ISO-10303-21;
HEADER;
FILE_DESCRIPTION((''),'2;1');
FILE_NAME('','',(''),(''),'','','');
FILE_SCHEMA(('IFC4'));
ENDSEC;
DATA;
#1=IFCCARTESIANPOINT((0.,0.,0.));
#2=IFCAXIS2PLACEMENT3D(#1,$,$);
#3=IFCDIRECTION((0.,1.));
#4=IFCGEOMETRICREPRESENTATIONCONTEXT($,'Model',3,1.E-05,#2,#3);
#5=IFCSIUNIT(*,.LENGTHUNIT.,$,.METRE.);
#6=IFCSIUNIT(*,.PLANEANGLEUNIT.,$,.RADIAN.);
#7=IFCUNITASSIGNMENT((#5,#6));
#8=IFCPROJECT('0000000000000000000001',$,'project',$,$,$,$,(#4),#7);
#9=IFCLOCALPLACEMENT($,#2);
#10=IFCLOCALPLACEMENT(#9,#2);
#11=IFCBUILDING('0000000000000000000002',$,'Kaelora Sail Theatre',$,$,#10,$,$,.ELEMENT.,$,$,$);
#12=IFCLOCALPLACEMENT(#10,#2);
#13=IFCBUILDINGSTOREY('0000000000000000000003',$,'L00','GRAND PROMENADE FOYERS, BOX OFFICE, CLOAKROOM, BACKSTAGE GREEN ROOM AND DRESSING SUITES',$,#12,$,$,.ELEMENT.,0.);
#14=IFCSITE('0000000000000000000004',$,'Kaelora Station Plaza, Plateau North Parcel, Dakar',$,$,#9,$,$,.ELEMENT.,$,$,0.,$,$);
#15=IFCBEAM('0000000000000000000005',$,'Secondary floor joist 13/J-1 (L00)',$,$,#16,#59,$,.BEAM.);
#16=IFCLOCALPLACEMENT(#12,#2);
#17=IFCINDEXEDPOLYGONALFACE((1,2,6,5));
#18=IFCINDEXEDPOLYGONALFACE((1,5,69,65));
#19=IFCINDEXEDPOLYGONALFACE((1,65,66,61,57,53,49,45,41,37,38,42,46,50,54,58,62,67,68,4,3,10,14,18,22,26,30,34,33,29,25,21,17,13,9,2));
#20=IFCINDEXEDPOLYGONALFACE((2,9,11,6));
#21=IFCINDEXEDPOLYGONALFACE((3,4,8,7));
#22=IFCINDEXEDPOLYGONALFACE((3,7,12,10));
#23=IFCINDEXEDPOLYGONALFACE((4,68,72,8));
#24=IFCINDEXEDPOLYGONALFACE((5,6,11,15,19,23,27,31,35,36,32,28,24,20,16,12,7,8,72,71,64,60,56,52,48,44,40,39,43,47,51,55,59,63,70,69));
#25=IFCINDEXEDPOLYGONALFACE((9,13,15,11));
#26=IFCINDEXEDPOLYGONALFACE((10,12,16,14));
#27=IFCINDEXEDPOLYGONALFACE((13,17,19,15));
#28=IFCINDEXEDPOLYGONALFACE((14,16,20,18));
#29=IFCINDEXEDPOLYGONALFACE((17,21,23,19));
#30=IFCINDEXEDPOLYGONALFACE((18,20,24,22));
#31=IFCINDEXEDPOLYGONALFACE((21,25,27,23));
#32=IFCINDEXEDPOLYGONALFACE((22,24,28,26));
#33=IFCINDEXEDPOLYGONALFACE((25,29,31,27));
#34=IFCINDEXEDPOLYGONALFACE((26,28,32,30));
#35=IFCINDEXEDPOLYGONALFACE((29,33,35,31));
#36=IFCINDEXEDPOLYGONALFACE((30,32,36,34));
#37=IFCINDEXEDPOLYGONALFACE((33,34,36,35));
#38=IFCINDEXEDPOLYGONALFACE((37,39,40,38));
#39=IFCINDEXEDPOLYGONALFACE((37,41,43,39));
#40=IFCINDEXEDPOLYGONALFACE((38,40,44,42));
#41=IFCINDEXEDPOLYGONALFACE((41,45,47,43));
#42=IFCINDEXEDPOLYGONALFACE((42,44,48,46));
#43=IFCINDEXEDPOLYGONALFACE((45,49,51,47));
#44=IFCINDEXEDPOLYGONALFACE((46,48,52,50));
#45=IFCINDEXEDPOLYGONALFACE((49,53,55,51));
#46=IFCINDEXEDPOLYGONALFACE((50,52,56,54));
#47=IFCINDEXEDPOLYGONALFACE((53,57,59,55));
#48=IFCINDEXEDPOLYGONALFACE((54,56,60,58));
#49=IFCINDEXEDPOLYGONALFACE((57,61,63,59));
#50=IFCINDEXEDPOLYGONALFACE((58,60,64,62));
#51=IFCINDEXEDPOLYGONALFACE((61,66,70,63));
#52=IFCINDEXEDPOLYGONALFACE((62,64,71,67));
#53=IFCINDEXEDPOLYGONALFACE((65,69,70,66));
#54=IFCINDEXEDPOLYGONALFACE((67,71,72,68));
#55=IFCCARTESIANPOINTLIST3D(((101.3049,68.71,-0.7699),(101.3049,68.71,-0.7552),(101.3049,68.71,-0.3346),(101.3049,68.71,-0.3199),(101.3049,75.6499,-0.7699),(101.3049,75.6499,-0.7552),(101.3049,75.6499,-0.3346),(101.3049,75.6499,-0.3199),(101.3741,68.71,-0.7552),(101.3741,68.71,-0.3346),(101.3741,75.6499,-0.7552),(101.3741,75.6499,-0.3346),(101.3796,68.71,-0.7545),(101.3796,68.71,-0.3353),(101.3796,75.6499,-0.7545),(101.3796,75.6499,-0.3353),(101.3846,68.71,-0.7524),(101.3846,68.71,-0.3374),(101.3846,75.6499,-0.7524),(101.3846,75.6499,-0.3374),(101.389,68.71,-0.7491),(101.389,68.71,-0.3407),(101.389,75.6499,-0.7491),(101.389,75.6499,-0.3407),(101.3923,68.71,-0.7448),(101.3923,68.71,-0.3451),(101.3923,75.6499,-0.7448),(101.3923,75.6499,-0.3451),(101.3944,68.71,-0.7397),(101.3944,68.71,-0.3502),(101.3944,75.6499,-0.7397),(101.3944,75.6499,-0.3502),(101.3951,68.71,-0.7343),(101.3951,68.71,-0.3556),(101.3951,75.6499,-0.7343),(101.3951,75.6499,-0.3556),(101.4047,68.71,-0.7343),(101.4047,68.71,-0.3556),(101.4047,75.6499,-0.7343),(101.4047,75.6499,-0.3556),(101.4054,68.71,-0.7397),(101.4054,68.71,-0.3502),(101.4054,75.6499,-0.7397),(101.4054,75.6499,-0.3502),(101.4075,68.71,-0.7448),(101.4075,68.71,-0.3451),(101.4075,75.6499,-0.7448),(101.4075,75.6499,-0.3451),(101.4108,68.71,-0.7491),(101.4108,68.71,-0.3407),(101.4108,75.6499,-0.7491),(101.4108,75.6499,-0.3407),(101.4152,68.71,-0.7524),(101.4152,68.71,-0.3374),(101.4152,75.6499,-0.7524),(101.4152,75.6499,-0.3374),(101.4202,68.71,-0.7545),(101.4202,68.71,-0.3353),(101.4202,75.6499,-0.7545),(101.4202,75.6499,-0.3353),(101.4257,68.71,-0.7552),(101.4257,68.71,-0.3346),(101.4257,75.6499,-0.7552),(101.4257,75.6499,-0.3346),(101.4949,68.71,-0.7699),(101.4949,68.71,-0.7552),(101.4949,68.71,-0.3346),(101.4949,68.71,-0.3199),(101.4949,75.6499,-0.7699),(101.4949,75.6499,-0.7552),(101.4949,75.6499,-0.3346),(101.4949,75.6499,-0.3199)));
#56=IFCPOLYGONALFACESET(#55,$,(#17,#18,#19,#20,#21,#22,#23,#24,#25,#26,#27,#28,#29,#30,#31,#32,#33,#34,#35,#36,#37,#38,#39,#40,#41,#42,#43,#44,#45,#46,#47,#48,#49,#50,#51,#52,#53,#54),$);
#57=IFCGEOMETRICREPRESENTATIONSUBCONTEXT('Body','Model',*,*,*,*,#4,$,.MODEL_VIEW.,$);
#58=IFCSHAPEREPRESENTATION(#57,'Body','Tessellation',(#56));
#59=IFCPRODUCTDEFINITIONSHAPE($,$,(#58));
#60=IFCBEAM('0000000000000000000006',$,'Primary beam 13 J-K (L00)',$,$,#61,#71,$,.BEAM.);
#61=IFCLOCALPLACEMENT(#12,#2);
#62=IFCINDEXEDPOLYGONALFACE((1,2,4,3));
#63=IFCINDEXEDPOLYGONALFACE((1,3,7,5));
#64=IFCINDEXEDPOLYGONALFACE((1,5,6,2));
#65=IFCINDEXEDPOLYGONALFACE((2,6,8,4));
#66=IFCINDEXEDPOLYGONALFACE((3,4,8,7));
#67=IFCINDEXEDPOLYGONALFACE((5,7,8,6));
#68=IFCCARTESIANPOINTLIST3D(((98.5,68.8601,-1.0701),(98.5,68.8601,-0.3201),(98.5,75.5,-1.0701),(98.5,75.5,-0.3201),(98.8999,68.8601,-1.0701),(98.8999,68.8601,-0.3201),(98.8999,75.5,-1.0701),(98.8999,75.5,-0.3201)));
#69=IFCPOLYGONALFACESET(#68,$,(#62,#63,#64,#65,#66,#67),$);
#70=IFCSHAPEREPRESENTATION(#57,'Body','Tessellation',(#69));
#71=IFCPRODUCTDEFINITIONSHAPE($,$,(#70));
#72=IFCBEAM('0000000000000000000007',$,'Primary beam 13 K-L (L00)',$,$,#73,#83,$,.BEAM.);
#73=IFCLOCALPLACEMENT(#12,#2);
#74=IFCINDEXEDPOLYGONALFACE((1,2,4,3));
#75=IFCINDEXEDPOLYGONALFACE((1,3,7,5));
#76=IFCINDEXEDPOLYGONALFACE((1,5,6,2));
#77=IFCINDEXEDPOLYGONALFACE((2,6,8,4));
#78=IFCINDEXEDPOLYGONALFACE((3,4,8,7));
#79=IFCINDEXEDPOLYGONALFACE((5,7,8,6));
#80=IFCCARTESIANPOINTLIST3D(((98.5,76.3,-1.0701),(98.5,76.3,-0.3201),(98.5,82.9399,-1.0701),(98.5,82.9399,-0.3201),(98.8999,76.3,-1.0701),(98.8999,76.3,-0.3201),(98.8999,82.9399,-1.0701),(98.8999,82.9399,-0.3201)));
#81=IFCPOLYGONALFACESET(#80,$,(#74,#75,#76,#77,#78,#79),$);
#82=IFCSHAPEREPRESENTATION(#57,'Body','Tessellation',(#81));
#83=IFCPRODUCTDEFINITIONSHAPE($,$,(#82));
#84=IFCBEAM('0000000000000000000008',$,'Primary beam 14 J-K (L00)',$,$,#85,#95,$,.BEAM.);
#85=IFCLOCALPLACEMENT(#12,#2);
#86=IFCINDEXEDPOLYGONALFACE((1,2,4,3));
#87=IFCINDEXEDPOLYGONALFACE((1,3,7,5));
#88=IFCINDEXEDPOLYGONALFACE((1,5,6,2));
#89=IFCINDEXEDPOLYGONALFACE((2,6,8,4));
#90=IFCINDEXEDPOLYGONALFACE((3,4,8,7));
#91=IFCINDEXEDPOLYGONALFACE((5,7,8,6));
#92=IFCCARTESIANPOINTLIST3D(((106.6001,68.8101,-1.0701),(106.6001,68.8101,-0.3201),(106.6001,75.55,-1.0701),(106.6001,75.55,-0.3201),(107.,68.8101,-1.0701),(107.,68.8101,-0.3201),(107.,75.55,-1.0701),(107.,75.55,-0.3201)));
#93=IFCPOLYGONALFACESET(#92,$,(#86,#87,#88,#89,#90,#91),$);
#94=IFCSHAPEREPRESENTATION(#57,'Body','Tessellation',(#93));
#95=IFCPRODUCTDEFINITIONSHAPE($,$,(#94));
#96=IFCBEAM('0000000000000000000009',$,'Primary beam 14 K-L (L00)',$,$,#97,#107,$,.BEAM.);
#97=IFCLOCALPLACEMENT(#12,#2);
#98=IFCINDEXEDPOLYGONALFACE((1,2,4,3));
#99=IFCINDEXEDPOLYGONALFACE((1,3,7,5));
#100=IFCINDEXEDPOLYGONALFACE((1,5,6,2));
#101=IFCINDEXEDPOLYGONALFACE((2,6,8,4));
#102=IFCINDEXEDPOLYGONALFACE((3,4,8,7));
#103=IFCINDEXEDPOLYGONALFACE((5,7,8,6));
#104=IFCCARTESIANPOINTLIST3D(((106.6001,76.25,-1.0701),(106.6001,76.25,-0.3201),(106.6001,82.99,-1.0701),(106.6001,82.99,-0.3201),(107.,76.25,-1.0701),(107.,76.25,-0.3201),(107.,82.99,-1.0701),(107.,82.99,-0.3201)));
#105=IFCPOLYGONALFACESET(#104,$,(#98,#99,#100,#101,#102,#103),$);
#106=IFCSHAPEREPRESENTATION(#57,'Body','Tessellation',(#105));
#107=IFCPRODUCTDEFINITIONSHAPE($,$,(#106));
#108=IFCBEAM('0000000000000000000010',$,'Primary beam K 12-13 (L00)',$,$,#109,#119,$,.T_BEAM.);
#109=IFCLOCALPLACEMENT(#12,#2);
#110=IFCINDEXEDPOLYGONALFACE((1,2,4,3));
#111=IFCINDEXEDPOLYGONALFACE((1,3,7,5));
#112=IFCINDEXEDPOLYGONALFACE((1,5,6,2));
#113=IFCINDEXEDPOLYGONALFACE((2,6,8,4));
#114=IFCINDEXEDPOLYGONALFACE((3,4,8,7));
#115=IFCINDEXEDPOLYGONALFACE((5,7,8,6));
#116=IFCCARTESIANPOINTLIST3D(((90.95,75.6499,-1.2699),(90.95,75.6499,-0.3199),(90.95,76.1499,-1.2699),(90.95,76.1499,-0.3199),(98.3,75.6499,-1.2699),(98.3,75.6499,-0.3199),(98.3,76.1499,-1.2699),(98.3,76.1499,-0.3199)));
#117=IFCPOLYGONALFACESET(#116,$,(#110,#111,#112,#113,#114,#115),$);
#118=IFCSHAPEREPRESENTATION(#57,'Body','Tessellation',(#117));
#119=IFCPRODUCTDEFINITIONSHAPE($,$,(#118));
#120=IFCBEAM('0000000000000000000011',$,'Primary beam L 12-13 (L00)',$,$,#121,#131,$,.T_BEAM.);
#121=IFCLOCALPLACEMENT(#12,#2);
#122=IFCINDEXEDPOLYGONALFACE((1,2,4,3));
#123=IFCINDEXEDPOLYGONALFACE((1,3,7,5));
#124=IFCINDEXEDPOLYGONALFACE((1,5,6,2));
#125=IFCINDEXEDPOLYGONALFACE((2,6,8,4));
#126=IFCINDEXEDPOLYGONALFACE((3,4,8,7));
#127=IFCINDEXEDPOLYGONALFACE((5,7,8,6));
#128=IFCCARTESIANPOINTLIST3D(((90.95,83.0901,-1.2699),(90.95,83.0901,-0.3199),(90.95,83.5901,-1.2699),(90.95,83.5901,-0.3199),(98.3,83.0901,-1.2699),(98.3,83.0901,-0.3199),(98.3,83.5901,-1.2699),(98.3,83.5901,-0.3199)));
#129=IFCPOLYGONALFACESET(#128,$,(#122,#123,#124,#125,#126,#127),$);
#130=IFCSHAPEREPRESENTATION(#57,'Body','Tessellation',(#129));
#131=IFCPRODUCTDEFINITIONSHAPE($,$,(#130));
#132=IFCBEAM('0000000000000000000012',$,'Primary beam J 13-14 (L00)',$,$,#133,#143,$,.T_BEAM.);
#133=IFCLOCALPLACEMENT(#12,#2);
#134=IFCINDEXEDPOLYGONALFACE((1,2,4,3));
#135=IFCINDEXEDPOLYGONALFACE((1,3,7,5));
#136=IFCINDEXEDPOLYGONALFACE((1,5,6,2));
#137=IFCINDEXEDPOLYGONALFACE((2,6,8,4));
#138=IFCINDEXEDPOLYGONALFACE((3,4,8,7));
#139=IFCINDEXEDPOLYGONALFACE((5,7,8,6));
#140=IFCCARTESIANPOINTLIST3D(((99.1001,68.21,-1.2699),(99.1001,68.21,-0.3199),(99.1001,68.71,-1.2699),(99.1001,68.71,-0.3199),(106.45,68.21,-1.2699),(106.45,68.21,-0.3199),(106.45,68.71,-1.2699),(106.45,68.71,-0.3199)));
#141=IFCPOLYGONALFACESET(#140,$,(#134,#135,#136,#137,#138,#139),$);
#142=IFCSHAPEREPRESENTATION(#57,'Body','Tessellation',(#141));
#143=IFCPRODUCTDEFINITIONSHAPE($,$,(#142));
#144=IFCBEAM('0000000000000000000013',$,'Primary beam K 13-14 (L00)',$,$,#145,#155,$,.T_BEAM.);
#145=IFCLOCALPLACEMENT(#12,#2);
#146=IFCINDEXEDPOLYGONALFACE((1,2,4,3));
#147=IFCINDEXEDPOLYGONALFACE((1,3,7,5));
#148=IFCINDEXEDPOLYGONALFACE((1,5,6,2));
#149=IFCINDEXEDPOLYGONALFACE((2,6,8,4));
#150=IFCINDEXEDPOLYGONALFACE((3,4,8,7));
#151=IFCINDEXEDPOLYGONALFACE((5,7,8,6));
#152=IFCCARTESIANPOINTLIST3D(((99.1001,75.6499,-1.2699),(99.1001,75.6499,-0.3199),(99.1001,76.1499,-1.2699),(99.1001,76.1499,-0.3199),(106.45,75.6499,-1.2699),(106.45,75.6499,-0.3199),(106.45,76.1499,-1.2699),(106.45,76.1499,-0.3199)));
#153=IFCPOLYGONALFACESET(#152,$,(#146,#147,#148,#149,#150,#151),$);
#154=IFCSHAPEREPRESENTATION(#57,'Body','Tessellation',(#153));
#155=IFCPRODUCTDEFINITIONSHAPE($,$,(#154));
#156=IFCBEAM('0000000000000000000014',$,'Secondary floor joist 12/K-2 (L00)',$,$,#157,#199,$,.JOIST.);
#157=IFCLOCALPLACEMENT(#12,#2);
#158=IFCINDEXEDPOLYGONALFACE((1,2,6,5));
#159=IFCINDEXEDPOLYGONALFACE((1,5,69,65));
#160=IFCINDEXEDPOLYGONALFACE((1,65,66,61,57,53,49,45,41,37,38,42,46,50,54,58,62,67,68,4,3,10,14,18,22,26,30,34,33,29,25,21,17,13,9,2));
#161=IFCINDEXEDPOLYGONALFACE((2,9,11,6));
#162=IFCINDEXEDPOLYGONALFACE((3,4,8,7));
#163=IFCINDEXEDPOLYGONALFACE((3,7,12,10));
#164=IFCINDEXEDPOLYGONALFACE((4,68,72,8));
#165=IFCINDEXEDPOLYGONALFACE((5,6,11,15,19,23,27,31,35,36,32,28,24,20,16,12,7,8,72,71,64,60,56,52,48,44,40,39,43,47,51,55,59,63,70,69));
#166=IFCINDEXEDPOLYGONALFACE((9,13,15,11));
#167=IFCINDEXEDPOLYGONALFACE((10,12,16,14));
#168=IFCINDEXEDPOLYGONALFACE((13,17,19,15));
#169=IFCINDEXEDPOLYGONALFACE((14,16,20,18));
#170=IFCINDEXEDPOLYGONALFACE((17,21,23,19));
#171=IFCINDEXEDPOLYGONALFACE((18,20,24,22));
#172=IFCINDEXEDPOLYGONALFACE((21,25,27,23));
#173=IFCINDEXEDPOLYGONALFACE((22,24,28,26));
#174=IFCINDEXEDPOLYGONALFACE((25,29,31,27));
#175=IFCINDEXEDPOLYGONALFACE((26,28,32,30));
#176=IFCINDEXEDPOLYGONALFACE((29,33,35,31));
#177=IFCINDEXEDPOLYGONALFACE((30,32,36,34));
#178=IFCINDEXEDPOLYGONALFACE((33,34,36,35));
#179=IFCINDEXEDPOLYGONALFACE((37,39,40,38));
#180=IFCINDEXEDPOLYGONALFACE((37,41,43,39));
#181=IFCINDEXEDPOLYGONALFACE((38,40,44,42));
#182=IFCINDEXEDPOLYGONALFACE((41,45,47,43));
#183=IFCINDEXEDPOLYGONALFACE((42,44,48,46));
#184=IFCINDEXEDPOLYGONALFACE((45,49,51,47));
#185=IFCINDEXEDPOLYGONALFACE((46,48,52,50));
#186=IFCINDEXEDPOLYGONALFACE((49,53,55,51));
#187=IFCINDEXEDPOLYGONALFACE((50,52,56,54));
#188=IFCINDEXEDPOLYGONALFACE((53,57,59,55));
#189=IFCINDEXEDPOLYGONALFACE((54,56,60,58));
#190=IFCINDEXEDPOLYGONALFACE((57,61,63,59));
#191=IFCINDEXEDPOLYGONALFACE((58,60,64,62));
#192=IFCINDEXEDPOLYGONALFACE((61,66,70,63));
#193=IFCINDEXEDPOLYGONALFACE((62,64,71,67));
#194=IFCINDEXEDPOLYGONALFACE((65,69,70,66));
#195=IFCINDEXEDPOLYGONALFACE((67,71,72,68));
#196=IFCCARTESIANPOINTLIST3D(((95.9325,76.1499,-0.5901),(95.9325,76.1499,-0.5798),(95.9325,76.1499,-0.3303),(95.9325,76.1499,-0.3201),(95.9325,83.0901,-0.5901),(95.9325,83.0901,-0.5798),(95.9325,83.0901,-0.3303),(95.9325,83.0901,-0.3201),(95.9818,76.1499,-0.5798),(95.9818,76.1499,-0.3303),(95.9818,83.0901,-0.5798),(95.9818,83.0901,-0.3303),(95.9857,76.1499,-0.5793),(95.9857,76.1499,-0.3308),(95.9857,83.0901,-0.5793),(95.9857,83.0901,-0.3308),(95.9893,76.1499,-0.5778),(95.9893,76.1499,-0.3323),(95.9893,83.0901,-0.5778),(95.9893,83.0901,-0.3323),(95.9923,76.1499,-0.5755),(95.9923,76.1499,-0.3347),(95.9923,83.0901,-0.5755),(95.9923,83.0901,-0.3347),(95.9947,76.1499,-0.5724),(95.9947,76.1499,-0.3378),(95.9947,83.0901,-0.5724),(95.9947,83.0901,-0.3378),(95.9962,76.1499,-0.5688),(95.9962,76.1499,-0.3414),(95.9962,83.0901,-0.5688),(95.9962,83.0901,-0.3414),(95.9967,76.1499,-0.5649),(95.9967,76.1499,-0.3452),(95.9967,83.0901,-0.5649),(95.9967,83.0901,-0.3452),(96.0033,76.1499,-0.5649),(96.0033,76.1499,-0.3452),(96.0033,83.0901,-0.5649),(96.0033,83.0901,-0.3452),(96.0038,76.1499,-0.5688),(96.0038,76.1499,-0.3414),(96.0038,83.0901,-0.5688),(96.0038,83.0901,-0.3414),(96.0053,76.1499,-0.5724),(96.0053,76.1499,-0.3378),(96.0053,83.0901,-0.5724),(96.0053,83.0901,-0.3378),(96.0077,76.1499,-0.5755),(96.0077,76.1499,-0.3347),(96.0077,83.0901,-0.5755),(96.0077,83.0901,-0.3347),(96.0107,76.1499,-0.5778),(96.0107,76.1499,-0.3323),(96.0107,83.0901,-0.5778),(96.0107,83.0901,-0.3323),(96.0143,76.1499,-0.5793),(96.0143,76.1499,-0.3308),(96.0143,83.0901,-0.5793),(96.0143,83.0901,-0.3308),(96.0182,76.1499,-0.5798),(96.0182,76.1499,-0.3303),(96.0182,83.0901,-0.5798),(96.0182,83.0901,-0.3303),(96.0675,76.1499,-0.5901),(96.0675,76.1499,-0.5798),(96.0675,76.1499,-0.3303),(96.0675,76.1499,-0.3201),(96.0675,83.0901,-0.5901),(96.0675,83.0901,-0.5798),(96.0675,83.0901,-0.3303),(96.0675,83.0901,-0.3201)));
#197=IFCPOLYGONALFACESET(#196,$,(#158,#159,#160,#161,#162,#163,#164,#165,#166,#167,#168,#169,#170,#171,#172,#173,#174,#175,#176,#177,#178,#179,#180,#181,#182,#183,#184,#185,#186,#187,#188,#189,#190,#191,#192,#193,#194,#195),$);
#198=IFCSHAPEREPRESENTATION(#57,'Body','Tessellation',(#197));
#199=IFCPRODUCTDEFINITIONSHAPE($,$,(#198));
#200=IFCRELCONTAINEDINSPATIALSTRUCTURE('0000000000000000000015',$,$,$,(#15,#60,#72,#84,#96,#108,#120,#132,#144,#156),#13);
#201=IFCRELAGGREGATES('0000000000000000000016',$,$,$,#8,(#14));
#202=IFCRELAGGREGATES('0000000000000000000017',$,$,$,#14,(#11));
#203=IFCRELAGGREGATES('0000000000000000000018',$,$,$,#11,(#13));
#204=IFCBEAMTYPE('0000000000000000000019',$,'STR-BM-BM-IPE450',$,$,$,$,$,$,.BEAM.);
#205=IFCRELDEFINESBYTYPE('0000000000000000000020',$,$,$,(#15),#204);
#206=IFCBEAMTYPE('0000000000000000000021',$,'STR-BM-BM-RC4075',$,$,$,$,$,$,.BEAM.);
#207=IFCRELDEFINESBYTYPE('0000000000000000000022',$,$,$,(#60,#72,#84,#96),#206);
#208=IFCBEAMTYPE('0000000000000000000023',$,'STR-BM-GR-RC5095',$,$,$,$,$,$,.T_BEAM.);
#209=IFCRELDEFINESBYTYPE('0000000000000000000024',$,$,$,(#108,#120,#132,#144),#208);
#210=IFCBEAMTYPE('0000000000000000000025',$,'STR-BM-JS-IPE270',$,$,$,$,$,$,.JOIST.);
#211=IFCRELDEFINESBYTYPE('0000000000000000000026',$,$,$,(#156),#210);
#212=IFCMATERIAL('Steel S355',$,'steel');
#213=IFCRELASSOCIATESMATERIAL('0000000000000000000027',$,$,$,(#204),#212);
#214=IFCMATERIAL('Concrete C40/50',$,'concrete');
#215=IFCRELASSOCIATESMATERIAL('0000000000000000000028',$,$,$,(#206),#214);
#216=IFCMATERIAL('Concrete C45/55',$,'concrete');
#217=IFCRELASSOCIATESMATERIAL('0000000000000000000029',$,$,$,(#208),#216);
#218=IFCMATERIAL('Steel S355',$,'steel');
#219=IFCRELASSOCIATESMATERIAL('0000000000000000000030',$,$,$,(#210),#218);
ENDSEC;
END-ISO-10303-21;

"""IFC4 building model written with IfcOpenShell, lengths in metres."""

from ifc_helpers import new_model, si_unit, direction, frame, origin, origin_2d, place, context, subcontext, project, spatial, rectangle, i_section, extrude, material, material_profile, profile_set, type_object, element, save


model = new_model("IFC4")

# Units and contexts
model_context = context("Model", 3, precision=1e-05, world=origin(), true_north=direction((0.0, 1.0)))
body_context = subcontext(model_context, "Body", "Model", "MODEL_VIEW")
ifc_project = project(units=[si_unit("LENGTHUNIT", "METRE"), si_unit("PLANEANGLEUNIT", "RADIAN")], contexts=[model_context])

# Site, building, storey
site_placement = place(None, origin())
site = spatial("IfcSite", under=ifc_project, at=site_placement, Name="Kaelora Station Plaza, Plateau North Parcel, Dakar", CompositionType="ELEMENT", RefElevation=0.0)
building_placement = place(site_placement, origin())
building = spatial("IfcBuilding", under=site, at=building_placement, Name="Kaelora Sail Theatre", CompositionType="ELEMENT")
storey_placement = place(building_placement, origin())
storey = spatial("IfcBuildingStorey", under=building, at=storey_placement, Name="L00", Description="GRAND PROMENADE FOYERS, BOX OFFICE, CLOAKROOM, BACKSTAGE GREEN ROOM AND DRESSING SUITES", CompositionType="ELEMENT", Elevation=0.0)

# Beams
ifc_material_1 = material(Name="Steel S355", Category="steel")
ifc_material_profile_1 = material_profile(ifc_material_1, i_section(OverallWidth=0.1899, OverallDepth=0.45, WebThickness=0.0095, FlangeThickness=0.0146, FilletRadius=0.021, at=origin_2d()), Name="IPE 450")
ifc_profile_set_1 = profile_set([ifc_material_profile_1], Name="Steel S355")
beam_type_1 = type_object("IfcBeamType", Name="STR-BM-BM-IPE450", PredefinedType="BEAM", material=ifc_profile_set_1)
beam_1_placement = place(storey_placement, frame((101.3999, 68.71, -0.5449), z_axis=(0.0, 1.0, 0.0), x_axis=(-1.0, 0.0, 0.0)))
element("IfcBeam", 1, at=beam_1_placement, inside=storey, type_object=beam_type_1, Name="Secondary floor joist 13/J-1 (L00)", PredefinedType="BEAM", context=body_context, shape_type="SweptSolid", body=[
    extrude(i_section(OverallWidth=0.1899, OverallDepth=0.45, WebThickness=0.0095, FlangeThickness=0.0146, FilletRadius=0.021, at=origin_2d()), origin(), (0.0, 0.0, 1.0), 6.9399),
])
ifc_material_2 = material(Name="Concrete C40/50", Category="concrete")
ifc_material_profile_2 = material_profile(ifc_material_2, rectangle(XDim=0.3999, YDim=0.75, at=origin_2d()), Name="RC-BM 400x750")
ifc_profile_set_2 = profile_set([ifc_material_profile_2], Name="Concrete C40/50")
beam_type_2 = type_object("IfcBeamType", Name="STR-BM-BM-RC4075", PredefinedType="BEAM", material=ifc_profile_set_2)
for number, where, z_axis, x_axis, name in (
    (2, (98.7, 68.8601, -0.6951), (0.0, 1.0, 0.0), (-1.0, 0.0, 0.0), "Primary beam 13 J-K (L00)"),
    (3, (98.7, 76.3, -0.6951), (0.0, 1.0, 0.0), (-1.0, 0.0, 0.0), "Primary beam 13 K-L (L00)"),
):
    element("IfcBeam", number, at=place(storey_placement, frame(where, z_axis=z_axis, x_axis=x_axis)), inside=storey, type_object=beam_type_2, Name=name, PredefinedType="BEAM", context=body_context, shape_type="SweptSolid", body=[
        extrude(rectangle(XDim=0.3999, YDim=0.75, at=origin_2d()), origin(), (0.0, 0.0, 1.0), 6.6399),
    ])
for number, where, z_axis, x_axis, name in (
    (4, (106.8, 68.8101, -0.6951), (0.0, 1.0, 0.0), (-1.0, 0.0, 0.0), "Primary beam 14 J-K (L00)"),
    (5, (106.8, 76.25, -0.6951), (0.0, 1.0, 0.0), (-1.0, 0.0, 0.0), "Primary beam 14 K-L (L00)"),
):
    element("IfcBeam", number, at=place(storey_placement, frame(where, z_axis=z_axis, x_axis=x_axis)), inside=storey, type_object=beam_type_2, Name=name, PredefinedType="BEAM", context=body_context, shape_type="SweptSolid", body=[
        extrude(rectangle(XDim=0.3999, YDim=0.75, at=origin_2d()), origin(), (0.0, 0.0, 1.0), 6.74),
    ])
ifc_material_3 = material(Name="Concrete C45/55", Category="concrete")
ifc_material_profile_3 = material_profile(ifc_material_3, rectangle(XDim=0.5, YDim=0.95, at=origin_2d()), Name="RC-GRD 500x950")
ifc_profile_set_3 = profile_set([ifc_material_profile_3], Name="Concrete C45/55")
beam_type_3 = type_object("IfcBeamType", Name="STR-BM-GR-RC5095", PredefinedType="T_BEAM", material=ifc_profile_set_3)
for number, where, z_axis, x_axis, name in (
    (6, (90.95, 75.8999, -0.7949), (1.0, 0.0, 0.0), (0.0, 1.0, 0.0), "Primary beam K 12-13 (L00)"),
    (7, (90.95, 83.3401, -0.7949), (1.0, 0.0, 0.0), (0.0, 1.0, 0.0), "Primary beam L 12-13 (L00)"),
):
    element("IfcBeam", number, at=place(storey_placement, frame(where, z_axis=z_axis, x_axis=x_axis)), inside=storey, type_object=beam_type_3, Name=name, PredefinedType="T_BEAM", context=body_context, shape_type="SweptSolid", body=[
        extrude(rectangle(XDim=0.5, YDim=0.95, at=origin_2d()), origin(), (0.0, 0.0, 1.0), 7.3501),
    ])
for number, where, z_axis, x_axis, name in (
    (8, (99.1001, 68.46, -0.7949), (1.0, 0.0, 0.0), (0.0, 1.0, 0.0), "Primary beam J 13-14 (L00)"),
    (9, (99.1001, 75.8999, -0.7949), (1.0, 0.0, 0.0), (0.0, 1.0, 0.0), "Primary beam K 13-14 (L00)"),
):
    element("IfcBeam", number, at=place(storey_placement, frame(where, z_axis=z_axis, x_axis=x_axis)), inside=storey, type_object=beam_type_3, Name=name, PredefinedType="T_BEAM", context=body_context, shape_type="SweptSolid", body=[
        extrude(rectangle(XDim=0.5, YDim=0.95, at=origin_2d()), origin(), (0.0, 0.0, 1.0), 7.3499),
    ])
ifc_material_4 = material(Name="Steel S355", Category="steel")
ifc_material_profile_4 = material_profile(ifc_material_4, i_section(OverallWidth=0.135, OverallDepth=0.27, WebThickness=0.0066, FlangeThickness=0.0103, FilletRadius=0.0149, at=origin_2d()), Name="IPE 270")
ifc_profile_set_4 = profile_set([ifc_material_profile_4], Name="Steel S355")
beam_type_4 = type_object("IfcBeamType", Name="STR-BM-JS-IPE270", PredefinedType="JOIST", material=ifc_profile_set_4)
beam_2_placement = place(storey_placement, frame((96.0, 76.1499, -0.4551), z_axis=(0.0, 1.0, 0.0), x_axis=(-1.0, 0.0, 0.0)))
element("IfcBeam", 10, at=beam_2_placement, inside=storey, type_object=beam_type_4, Name="Secondary floor joist 12/K-2 (L00)", PredefinedType="JOIST", context=body_context, shape_type="SweptSolid", body=[
    extrude(i_section(OverallWidth=0.135, OverallDepth=0.27, WebThickness=0.0066, FlangeThickness=0.0103, FilletRadius=0.0149, at=origin_2d()), origin(), (0.0, 0.0, 1.0), 6.9402),
])

save(model, "model.ifc")
